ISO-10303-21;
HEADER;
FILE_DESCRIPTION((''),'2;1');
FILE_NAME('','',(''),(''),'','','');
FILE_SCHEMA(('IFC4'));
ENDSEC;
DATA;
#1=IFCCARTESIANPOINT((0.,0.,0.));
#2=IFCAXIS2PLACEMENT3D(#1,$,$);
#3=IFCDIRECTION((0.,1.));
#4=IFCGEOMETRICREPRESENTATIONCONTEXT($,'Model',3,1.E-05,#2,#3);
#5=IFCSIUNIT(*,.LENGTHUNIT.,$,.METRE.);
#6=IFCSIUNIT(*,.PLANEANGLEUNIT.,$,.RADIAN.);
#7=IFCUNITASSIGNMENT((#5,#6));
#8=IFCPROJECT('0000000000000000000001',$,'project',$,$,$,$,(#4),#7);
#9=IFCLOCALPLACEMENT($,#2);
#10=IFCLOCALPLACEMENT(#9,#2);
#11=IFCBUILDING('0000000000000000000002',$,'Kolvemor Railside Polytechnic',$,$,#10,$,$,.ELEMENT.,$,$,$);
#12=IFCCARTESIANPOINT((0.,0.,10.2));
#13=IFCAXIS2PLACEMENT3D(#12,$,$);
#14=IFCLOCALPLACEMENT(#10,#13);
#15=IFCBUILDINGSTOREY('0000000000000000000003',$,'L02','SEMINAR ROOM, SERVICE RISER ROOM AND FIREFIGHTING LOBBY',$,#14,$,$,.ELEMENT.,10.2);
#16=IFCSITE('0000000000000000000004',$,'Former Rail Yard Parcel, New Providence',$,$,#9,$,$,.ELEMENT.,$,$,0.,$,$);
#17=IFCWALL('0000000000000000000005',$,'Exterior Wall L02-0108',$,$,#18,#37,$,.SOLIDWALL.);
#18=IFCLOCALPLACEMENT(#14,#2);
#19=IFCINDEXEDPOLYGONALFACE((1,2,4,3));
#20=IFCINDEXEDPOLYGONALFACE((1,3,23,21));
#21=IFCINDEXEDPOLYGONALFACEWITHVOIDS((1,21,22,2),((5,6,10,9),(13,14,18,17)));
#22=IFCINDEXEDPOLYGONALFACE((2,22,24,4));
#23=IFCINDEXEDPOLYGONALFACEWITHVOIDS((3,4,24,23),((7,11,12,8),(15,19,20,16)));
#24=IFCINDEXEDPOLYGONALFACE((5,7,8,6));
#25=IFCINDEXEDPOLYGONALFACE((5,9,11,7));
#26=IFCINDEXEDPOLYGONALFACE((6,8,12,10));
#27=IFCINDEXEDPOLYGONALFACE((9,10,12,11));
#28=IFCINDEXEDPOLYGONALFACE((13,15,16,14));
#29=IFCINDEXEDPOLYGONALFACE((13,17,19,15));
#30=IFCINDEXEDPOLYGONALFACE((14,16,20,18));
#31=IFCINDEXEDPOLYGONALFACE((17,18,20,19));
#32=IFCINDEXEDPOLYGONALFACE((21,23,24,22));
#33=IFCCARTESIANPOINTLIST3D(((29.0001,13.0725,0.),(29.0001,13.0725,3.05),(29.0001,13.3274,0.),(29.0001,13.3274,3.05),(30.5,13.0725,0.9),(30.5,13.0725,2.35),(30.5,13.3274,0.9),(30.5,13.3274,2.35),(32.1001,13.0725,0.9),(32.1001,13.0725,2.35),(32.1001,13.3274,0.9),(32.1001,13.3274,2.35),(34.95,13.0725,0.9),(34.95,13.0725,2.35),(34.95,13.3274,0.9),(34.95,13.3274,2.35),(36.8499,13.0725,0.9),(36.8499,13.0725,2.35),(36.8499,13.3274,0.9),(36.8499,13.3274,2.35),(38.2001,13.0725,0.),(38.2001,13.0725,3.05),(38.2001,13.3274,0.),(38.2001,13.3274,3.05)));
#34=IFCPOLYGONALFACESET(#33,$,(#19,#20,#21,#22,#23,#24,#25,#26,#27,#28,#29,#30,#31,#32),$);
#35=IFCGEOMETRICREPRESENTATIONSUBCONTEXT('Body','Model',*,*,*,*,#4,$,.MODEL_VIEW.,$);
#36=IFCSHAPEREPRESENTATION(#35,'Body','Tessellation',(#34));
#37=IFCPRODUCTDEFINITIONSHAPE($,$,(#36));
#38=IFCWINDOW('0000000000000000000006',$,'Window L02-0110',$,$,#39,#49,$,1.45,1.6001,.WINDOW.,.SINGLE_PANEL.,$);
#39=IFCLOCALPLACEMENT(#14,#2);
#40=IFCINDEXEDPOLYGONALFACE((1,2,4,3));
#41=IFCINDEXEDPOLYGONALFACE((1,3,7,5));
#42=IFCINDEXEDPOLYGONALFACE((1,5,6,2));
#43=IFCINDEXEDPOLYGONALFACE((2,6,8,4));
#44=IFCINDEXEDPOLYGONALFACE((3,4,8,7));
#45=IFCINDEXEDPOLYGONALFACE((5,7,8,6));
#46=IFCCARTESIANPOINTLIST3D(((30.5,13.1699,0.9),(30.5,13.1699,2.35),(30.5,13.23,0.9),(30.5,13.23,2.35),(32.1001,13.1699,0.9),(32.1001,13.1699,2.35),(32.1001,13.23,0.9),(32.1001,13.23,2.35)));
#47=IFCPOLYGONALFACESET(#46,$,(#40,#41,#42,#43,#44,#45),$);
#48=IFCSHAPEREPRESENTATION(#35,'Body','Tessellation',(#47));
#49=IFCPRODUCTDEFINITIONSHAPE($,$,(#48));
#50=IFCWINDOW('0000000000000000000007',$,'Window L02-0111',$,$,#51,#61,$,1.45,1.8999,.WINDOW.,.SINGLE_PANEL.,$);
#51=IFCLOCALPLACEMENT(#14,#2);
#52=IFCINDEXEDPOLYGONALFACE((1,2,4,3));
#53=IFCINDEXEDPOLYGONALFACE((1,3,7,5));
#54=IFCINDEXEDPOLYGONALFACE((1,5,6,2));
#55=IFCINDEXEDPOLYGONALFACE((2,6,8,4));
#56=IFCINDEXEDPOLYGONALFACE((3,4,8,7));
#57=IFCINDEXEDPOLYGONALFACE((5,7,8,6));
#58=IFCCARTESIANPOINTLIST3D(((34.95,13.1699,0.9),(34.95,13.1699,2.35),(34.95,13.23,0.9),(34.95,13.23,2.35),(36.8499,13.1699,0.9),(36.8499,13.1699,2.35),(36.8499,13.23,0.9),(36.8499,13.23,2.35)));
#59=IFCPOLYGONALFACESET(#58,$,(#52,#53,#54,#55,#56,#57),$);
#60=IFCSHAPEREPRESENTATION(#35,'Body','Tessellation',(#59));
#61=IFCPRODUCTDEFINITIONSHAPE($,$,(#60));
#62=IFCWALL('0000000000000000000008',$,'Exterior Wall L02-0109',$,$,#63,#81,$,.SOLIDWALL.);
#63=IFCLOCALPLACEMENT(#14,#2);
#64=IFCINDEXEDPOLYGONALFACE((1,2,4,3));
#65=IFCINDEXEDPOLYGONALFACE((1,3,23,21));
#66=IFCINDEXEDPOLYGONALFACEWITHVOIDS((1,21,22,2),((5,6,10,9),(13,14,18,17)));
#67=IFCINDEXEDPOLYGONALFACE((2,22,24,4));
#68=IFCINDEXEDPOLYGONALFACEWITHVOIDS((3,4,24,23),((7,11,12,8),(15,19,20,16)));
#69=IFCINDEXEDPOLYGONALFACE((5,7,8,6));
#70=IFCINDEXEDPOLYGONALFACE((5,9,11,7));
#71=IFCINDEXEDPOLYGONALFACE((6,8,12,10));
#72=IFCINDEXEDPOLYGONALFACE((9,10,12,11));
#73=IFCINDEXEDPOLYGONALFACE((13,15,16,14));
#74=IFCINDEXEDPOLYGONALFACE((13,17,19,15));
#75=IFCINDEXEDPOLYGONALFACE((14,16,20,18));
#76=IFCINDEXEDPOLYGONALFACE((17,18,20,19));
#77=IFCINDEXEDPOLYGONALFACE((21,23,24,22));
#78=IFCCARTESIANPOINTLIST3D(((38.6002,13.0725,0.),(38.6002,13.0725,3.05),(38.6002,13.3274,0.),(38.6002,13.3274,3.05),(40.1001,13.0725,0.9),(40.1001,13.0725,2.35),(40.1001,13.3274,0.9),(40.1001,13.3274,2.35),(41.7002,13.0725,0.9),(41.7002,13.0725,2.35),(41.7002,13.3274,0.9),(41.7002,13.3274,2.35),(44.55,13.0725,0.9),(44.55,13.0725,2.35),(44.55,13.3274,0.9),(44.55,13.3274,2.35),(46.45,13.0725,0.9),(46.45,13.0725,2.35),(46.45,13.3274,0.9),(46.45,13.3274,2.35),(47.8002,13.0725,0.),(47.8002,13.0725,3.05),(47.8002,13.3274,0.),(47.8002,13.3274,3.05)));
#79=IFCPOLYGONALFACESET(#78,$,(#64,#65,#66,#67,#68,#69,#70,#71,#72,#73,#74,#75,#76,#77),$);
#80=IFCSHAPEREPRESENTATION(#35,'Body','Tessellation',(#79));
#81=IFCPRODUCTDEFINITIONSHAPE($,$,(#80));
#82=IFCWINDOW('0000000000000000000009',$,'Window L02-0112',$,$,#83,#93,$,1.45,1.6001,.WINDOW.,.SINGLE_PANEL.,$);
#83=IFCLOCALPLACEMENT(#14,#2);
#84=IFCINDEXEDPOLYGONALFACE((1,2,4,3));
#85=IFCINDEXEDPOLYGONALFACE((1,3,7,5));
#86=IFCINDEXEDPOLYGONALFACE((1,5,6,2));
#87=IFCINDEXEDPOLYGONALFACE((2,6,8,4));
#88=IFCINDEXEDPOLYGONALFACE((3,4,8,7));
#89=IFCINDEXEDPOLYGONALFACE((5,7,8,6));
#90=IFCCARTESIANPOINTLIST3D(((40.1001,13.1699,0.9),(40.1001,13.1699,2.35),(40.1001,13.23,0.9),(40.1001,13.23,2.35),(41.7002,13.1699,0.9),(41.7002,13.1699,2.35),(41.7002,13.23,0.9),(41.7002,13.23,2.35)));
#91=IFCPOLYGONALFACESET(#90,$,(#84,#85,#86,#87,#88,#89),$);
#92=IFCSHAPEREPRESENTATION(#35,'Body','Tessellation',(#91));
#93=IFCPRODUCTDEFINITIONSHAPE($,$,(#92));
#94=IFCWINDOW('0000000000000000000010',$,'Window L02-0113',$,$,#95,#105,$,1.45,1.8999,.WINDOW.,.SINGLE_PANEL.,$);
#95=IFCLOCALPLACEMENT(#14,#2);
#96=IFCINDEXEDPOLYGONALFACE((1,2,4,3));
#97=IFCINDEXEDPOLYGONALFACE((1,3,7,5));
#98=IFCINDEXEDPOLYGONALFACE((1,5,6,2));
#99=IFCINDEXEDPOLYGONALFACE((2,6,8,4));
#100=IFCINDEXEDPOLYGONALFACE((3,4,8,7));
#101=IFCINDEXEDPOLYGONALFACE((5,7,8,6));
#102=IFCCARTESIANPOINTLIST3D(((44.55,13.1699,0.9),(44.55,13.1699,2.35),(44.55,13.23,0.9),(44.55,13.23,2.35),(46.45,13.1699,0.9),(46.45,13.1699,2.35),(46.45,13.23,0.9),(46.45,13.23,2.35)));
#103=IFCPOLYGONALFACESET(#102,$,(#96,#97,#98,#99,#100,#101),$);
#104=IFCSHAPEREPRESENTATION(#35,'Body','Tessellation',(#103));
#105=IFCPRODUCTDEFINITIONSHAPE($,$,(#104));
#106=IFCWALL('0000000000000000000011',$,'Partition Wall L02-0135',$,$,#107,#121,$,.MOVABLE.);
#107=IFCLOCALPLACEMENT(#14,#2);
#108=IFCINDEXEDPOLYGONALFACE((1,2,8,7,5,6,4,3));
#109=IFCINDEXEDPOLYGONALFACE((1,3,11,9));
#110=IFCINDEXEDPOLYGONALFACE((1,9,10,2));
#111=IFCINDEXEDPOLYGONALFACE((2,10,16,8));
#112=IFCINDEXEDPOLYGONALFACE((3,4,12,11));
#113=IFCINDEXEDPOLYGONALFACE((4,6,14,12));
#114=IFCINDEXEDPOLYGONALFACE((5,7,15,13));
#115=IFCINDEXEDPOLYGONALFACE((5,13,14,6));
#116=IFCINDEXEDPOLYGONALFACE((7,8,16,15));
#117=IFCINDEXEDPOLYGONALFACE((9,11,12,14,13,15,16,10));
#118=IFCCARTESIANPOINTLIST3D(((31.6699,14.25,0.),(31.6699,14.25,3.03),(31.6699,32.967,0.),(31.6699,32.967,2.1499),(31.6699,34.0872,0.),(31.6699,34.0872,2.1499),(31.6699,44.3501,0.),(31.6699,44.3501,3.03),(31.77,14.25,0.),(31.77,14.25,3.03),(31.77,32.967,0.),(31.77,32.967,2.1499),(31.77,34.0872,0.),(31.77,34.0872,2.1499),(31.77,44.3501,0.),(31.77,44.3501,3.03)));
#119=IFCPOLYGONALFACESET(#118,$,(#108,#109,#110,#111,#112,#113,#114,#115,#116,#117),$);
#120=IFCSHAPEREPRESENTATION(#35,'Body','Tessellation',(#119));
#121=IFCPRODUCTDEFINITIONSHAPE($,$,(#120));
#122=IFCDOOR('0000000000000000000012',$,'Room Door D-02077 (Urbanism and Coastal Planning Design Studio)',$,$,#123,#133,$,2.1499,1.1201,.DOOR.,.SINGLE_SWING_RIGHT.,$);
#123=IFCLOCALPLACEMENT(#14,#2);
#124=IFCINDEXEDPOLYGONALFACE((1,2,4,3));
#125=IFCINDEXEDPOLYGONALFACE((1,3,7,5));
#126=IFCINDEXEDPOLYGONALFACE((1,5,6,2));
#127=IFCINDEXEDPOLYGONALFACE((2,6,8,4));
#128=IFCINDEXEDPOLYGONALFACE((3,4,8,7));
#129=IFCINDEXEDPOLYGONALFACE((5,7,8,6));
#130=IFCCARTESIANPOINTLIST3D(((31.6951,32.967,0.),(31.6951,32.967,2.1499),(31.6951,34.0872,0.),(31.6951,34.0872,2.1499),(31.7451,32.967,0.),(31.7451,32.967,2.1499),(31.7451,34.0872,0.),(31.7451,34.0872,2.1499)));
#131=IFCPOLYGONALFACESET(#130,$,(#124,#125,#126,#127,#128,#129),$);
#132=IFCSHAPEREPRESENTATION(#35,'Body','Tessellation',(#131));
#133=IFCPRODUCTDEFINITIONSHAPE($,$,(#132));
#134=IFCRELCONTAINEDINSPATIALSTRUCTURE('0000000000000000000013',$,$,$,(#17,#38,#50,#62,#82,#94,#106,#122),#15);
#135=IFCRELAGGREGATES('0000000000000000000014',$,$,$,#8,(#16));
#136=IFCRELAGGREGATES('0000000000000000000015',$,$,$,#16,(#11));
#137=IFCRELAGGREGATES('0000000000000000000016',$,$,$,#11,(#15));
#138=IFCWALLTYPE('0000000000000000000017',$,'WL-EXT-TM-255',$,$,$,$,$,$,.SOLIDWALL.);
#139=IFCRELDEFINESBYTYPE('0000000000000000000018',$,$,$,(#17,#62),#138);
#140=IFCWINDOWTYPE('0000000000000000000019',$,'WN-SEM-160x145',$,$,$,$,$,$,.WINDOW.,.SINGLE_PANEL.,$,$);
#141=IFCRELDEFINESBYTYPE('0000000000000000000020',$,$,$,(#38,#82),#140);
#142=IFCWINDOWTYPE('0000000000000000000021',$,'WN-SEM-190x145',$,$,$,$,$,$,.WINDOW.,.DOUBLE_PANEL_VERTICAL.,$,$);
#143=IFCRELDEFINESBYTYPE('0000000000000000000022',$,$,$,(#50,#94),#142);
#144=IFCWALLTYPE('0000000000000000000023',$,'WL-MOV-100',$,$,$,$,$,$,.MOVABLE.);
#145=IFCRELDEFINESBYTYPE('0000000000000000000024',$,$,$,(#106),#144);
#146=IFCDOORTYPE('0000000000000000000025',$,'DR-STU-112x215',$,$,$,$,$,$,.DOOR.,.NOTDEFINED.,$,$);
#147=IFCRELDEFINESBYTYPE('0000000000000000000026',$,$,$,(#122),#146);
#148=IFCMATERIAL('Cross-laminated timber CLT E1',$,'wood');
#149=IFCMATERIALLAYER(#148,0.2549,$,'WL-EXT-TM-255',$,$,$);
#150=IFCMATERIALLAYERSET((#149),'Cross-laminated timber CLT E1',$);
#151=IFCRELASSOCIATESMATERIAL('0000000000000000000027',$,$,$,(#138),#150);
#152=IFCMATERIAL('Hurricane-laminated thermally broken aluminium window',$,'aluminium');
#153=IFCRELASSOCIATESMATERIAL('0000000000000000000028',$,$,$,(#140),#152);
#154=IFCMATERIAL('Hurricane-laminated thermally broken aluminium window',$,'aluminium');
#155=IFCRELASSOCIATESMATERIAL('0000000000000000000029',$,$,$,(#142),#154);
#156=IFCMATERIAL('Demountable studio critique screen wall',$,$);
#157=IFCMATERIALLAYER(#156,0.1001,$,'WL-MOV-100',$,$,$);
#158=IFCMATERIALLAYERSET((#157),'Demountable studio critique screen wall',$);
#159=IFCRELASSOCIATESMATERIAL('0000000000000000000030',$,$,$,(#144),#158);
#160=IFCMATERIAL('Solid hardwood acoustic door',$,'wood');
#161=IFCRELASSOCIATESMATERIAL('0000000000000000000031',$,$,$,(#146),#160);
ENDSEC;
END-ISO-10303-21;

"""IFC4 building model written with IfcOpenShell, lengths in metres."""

from ifc_helpers import new_model, si_unit, direction, frame, frame_2d, origin, place, context, subcontext, project, spatial, rectangle, extrude, material, layer, layer_set, type_object, element, fill, save


model = new_model("IFC4")

# Units and contexts
model_context = context("Model", 3, precision=1e-05, world=origin(), true_north=direction((0.0, 1.0)))
body_context = subcontext(model_context, "Body", "Model", "MODEL_VIEW")
ifc_project = project(units=[si_unit("LENGTHUNIT", "METRE"), si_unit("PLANEANGLEUNIT", "RADIAN")], contexts=[model_context])

# Site, building, storey
site_placement = place(None, origin())
site = spatial("IfcSite", under=ifc_project, at=site_placement, Name="Former Rail Yard Parcel, New Providence", CompositionType="ELEMENT", RefElevation=0.0)
building_placement = place(site_placement, origin())
building = spatial("IfcBuilding", under=site, at=building_placement, Name="Kolvemor Railside Polytechnic", CompositionType="ELEMENT")
storey_placement = place(building_placement, frame((0.0, 0.0, 10.2)))
storey = spatial("IfcBuildingStorey", under=building, at=storey_placement, Name="L02", Description="SEMINAR ROOM, SERVICE RISER ROOM AND FIREFIGHTING LOBBY", CompositionType="ELEMENT", Elevation=10.2)

# Walls, openings, windows
ifc_material_1 = material(Name="Cross-laminated timber CLT E1", Category="wood")
ifc_layer_1 = layer(ifc_material_1, 0.2549, Name="WL-EXT-TM-255")
ifc_layer_set_1 = layer_set([ifc_layer_1], Name="Cross-laminated timber CLT E1")
wall_type_1 = type_object("IfcWallType", Name="WL-EXT-TM-255", PredefinedType="SOLIDWALL", material=ifc_layer_set_1)
wall_1_placement = place(storey_placement, frame((29.0, 13.2, 0.0), z_axis=(0.0, 0.0, 1.0), x_axis=(1.0, 0.0, 0.0)))
wall_1 = element("IfcWall", 1, at=wall_1_placement, inside=storey, type_object=wall_type_1, Name="Exterior Wall L02-0108", PredefinedType="SOLIDWALL", context=body_context, shape_type="SweptSolid", body=[
    extrude(rectangle(XDim=9.2, YDim=0.2549, at=frame_2d((4.6001, 0.0))), origin(), (0.0, 0.0, 1.0), 3.05),
])
opening_1_placement = place(wall_1_placement, frame((1.5, 0.0, 0.8999)))
opening_1 = element("IfcOpeningElement", 2, at=opening_1_placement, cuts=wall_1, PredefinedType="OPENING", context=body_context, shape_type="SweptSolid", body=[
    extrude(rectangle(XDim=1.6001, YDim=1.45, at=frame_2d((0.8, 0.7251))), frame((0.0, 0.1375, 0.0), z_axis=(0.0, -1.0, 0.0), x_axis=(1.0, 0.0, 0.0)), (0.0, 0.0, 1.0), 0.2749),
])
opening_2_placement = place(wall_1_placement, frame((5.95, 0.0, 0.8999)))
opening_2 = element("IfcOpeningElement", 3, at=opening_2_placement, cuts=wall_1, PredefinedType="OPENING", context=body_context, shape_type="SweptSolid", body=[
    extrude(rectangle(XDim=1.8999, YDim=1.45, at=frame_2d((0.95, 0.7251))), frame((0.0, 0.1375, 0.0), z_axis=(0.0, -1.0, 0.0), x_axis=(1.0, 0.0, 0.0)), (0.0, 0.0, 1.0), 0.2749),
])
ifc_material_2 = material(Name="Hurricane-laminated thermally broken aluminium window", Category="aluminium")
window_type_1 = type_object("IfcWindowType", Name="WN-SEM-160x145", PartitioningType="SINGLE_PANEL", PredefinedType="WINDOW", material=ifc_material_2)
window_1_placement = place(opening_1_placement, origin())
window_1 = element("IfcWindow", 4, at=window_1_placement, inside=storey, type_object=window_type_1, Name="Window L02-0110", OverallHeight=1.45, OverallWidth=1.6001, PartitioningType="SINGLE_PANEL", PredefinedType="WINDOW", context=body_context, shape_type="SweptSolid", body=[
    extrude(rectangle(XDim=1.6001, YDim=1.45, at=frame_2d((0.8, 0.7251))), frame((0.0, 0.03, 0.0), z_axis=(0.0, -1.0, 0.0), x_axis=(1.0, 0.0, 0.0)), (0.0, 0.0, 1.0), 0.0601),
])
fill(opening_1, window_1)
ifc_material_3 = material(Name="Hurricane-laminated thermally broken aluminium window", Category="aluminium")
window_type_2 = type_object("IfcWindowType", Name="WN-SEM-190x145", PartitioningType="DOUBLE_PANEL_VERTICAL", PredefinedType="WINDOW", material=ifc_material_3)
window_2_placement = place(opening_2_placement, origin())
window_2 = element("IfcWindow", 5, at=window_2_placement, inside=storey, type_object=window_type_2, Name="Window L02-0111", OverallHeight=1.45, OverallWidth=1.8999, PartitioningType="SINGLE_PANEL", PredefinedType="WINDOW", context=body_context, shape_type="SweptSolid", body=[
    extrude(rectangle(XDim=1.8999, YDim=1.45, at=frame_2d((0.95, 0.7251))), frame((0.0, 0.03, 0.0), z_axis=(0.0, -1.0, 0.0), x_axis=(1.0, 0.0, 0.0)), (0.0, 0.0, 1.0), 0.0601),
])
fill(opening_2, window_2)
wall_2_placement = place(storey_placement, frame((38.6001, 13.2, 0.0), z_axis=(0.0, 0.0, 1.0), x_axis=(1.0, 0.0, 0.0)))
wall_2 = element("IfcWall", 6, at=wall_2_placement, inside=storey, type_object=wall_type_1, Name="Exterior Wall L02-0109", PredefinedType="SOLIDWALL", context=body_context, shape_type="SweptSolid", body=[
    extrude(rectangle(XDim=9.2, YDim=0.2549, at=frame_2d((4.6001, 0.0))), origin(), (0.0, 0.0, 1.0), 3.05),
])
opening_3_placement = place(wall_2_placement, frame((1.5, 0.0, 0.8999)))
opening_3 = element("IfcOpeningElement", 7, at=opening_3_placement, cuts=wall_2, PredefinedType="OPENING", context=body_context, shape_type="SweptSolid", body=[
    extrude(rectangle(XDim=1.6001, YDim=1.45, at=frame_2d((0.8, 0.7251))), frame((0.0, 0.1375, 0.0), z_axis=(0.0, -1.0, 0.0), x_axis=(1.0, 0.0, 0.0)), (0.0, 0.0, 1.0), 0.2749),
])
opening_4_placement = place(wall_2_placement, frame((5.95, 0.0, 0.8999)))
opening_4 = element("IfcOpeningElement", 8, at=opening_4_placement, cuts=wall_2, PredefinedType="OPENING", context=body_context, shape_type="SweptSolid", body=[
    extrude(rectangle(XDim=1.8999, YDim=1.45, at=frame_2d((0.95, 0.7251))), frame((0.0, 0.1375, 0.0), z_axis=(0.0, -1.0, 0.0), x_axis=(1.0, 0.0, 0.0)), (0.0, 0.0, 1.0), 0.2749),
])
window_3_placement = place(opening_3_placement, origin())
window_3 = element("IfcWindow", 9, at=window_3_placement, inside=storey, type_object=window_type_1, Name="Window L02-0112", OverallHeight=1.45, OverallWidth=1.6001, PartitioningType="SINGLE_PANEL", PredefinedType="WINDOW", context=body_context, shape_type="SweptSolid", body=[
    extrude(rectangle(XDim=1.6001, YDim=1.45, at=frame_2d((0.8, 0.7251))), frame((0.0, 0.03, 0.0), z_axis=(0.0, -1.0, 0.0), x_axis=(1.0, 0.0, 0.0)), (0.0, 0.0, 1.0), 0.0601),
])
fill(opening_3, window_3)
window_4_placement = place(opening_4_placement, origin())
window_4 = element("IfcWindow", 10, at=window_4_placement, inside=storey, type_object=window_type_2, Name="Window L02-0113", OverallHeight=1.45, OverallWidth=1.8999, PartitioningType="SINGLE_PANEL", PredefinedType="WINDOW", context=body_context, shape_type="SweptSolid", body=[
    extrude(rectangle(XDim=1.8999, YDim=1.45, at=frame_2d((0.95, 0.7251))), frame((0.0, 0.03, 0.0), z_axis=(0.0, -1.0, 0.0), x_axis=(1.0, 0.0, 0.0)), (0.0, 0.0, 1.0), 0.0601),
])
fill(opening_4, window_4)

# Wall, opening, door
ifc_material_4 = material(Name="Demountable studio critique screen wall")
ifc_layer_2 = layer(ifc_material_4, 0.1001, Name="WL-MOV-100")
ifc_layer_set_2 = layer_set([ifc_layer_2], Name="Demountable studio critique screen wall")
wall_type_2 = type_object("IfcWallType", Name="WL-MOV-100", PredefinedType="MOVABLE", material=ifc_layer_set_2)
wall_3_placement = place(storey_placement, frame((31.72, 14.25, 0.0), z_axis=(0.0, 0.0, 1.0), x_axis=(0.0, 1.0, 0.0)))
wall_3 = element("IfcWall", 11, at=wall_3_placement, inside=storey, type_object=wall_type_2, Name="Partition Wall L02-0135", PredefinedType="MOVABLE", context=body_context, shape_type="SweptSolid", body=[
    extrude(rectangle(XDim=30.1001, YDim=0.1001, at=frame_2d((15.05, 0.0))), origin(), (0.0, 0.0, 1.0), 3.03),
])
opening_5_placement = place(wall_3_placement, frame((18.717, 0.0, 0.0)))
opening_5 = element("IfcOpeningElement", 12, at=opening_5_placement, cuts=wall_3, PredefinedType="OPENING", context=body_context, shape_type="SweptSolid", body=[
    extrude(rectangle(XDim=1.1201, YDim=2.1499, at=frame_2d((0.5601, 1.075))), frame((0.0, 0.0601, 0.0), z_axis=(0.0, -1.0, 0.0), x_axis=(1.0, 0.0, 0.0)), (0.0, 0.0, 1.0), 0.1201),
])
ifc_material_5 = material(Name="Solid hardwood acoustic door", Category="wood")
door_type = type_object("IfcDoorType", Name="DR-STU-112x215", OperationType="NOTDEFINED", PredefinedType="DOOR", material=ifc_material_5)
door_placement = place(opening_5_placement, origin())
door = element("IfcDoor", 13, at=door_placement, inside=storey, type_object=door_type, Name="Room Door D-02077 (Urbanism and Coastal Planning Design Studio)", OperationType="SINGLE_SWING_RIGHT", OverallHeight=2.1499, OverallWidth=1.1201, PredefinedType="DOOR", context=body_context, shape_type="SweptSolid", body=[
    extrude(rectangle(XDim=1.1201, YDim=2.1499, at=frame_2d((0.5601, 1.075))), frame((0.0, 0.0249, 0.0), z_axis=(0.0, -1.0, 0.0), x_axis=(1.0, 0.0, 0.0)), (0.0, 0.0, 1.0), 0.05),
])
fill(opening_5, door)

save(model, "model.ifc")
